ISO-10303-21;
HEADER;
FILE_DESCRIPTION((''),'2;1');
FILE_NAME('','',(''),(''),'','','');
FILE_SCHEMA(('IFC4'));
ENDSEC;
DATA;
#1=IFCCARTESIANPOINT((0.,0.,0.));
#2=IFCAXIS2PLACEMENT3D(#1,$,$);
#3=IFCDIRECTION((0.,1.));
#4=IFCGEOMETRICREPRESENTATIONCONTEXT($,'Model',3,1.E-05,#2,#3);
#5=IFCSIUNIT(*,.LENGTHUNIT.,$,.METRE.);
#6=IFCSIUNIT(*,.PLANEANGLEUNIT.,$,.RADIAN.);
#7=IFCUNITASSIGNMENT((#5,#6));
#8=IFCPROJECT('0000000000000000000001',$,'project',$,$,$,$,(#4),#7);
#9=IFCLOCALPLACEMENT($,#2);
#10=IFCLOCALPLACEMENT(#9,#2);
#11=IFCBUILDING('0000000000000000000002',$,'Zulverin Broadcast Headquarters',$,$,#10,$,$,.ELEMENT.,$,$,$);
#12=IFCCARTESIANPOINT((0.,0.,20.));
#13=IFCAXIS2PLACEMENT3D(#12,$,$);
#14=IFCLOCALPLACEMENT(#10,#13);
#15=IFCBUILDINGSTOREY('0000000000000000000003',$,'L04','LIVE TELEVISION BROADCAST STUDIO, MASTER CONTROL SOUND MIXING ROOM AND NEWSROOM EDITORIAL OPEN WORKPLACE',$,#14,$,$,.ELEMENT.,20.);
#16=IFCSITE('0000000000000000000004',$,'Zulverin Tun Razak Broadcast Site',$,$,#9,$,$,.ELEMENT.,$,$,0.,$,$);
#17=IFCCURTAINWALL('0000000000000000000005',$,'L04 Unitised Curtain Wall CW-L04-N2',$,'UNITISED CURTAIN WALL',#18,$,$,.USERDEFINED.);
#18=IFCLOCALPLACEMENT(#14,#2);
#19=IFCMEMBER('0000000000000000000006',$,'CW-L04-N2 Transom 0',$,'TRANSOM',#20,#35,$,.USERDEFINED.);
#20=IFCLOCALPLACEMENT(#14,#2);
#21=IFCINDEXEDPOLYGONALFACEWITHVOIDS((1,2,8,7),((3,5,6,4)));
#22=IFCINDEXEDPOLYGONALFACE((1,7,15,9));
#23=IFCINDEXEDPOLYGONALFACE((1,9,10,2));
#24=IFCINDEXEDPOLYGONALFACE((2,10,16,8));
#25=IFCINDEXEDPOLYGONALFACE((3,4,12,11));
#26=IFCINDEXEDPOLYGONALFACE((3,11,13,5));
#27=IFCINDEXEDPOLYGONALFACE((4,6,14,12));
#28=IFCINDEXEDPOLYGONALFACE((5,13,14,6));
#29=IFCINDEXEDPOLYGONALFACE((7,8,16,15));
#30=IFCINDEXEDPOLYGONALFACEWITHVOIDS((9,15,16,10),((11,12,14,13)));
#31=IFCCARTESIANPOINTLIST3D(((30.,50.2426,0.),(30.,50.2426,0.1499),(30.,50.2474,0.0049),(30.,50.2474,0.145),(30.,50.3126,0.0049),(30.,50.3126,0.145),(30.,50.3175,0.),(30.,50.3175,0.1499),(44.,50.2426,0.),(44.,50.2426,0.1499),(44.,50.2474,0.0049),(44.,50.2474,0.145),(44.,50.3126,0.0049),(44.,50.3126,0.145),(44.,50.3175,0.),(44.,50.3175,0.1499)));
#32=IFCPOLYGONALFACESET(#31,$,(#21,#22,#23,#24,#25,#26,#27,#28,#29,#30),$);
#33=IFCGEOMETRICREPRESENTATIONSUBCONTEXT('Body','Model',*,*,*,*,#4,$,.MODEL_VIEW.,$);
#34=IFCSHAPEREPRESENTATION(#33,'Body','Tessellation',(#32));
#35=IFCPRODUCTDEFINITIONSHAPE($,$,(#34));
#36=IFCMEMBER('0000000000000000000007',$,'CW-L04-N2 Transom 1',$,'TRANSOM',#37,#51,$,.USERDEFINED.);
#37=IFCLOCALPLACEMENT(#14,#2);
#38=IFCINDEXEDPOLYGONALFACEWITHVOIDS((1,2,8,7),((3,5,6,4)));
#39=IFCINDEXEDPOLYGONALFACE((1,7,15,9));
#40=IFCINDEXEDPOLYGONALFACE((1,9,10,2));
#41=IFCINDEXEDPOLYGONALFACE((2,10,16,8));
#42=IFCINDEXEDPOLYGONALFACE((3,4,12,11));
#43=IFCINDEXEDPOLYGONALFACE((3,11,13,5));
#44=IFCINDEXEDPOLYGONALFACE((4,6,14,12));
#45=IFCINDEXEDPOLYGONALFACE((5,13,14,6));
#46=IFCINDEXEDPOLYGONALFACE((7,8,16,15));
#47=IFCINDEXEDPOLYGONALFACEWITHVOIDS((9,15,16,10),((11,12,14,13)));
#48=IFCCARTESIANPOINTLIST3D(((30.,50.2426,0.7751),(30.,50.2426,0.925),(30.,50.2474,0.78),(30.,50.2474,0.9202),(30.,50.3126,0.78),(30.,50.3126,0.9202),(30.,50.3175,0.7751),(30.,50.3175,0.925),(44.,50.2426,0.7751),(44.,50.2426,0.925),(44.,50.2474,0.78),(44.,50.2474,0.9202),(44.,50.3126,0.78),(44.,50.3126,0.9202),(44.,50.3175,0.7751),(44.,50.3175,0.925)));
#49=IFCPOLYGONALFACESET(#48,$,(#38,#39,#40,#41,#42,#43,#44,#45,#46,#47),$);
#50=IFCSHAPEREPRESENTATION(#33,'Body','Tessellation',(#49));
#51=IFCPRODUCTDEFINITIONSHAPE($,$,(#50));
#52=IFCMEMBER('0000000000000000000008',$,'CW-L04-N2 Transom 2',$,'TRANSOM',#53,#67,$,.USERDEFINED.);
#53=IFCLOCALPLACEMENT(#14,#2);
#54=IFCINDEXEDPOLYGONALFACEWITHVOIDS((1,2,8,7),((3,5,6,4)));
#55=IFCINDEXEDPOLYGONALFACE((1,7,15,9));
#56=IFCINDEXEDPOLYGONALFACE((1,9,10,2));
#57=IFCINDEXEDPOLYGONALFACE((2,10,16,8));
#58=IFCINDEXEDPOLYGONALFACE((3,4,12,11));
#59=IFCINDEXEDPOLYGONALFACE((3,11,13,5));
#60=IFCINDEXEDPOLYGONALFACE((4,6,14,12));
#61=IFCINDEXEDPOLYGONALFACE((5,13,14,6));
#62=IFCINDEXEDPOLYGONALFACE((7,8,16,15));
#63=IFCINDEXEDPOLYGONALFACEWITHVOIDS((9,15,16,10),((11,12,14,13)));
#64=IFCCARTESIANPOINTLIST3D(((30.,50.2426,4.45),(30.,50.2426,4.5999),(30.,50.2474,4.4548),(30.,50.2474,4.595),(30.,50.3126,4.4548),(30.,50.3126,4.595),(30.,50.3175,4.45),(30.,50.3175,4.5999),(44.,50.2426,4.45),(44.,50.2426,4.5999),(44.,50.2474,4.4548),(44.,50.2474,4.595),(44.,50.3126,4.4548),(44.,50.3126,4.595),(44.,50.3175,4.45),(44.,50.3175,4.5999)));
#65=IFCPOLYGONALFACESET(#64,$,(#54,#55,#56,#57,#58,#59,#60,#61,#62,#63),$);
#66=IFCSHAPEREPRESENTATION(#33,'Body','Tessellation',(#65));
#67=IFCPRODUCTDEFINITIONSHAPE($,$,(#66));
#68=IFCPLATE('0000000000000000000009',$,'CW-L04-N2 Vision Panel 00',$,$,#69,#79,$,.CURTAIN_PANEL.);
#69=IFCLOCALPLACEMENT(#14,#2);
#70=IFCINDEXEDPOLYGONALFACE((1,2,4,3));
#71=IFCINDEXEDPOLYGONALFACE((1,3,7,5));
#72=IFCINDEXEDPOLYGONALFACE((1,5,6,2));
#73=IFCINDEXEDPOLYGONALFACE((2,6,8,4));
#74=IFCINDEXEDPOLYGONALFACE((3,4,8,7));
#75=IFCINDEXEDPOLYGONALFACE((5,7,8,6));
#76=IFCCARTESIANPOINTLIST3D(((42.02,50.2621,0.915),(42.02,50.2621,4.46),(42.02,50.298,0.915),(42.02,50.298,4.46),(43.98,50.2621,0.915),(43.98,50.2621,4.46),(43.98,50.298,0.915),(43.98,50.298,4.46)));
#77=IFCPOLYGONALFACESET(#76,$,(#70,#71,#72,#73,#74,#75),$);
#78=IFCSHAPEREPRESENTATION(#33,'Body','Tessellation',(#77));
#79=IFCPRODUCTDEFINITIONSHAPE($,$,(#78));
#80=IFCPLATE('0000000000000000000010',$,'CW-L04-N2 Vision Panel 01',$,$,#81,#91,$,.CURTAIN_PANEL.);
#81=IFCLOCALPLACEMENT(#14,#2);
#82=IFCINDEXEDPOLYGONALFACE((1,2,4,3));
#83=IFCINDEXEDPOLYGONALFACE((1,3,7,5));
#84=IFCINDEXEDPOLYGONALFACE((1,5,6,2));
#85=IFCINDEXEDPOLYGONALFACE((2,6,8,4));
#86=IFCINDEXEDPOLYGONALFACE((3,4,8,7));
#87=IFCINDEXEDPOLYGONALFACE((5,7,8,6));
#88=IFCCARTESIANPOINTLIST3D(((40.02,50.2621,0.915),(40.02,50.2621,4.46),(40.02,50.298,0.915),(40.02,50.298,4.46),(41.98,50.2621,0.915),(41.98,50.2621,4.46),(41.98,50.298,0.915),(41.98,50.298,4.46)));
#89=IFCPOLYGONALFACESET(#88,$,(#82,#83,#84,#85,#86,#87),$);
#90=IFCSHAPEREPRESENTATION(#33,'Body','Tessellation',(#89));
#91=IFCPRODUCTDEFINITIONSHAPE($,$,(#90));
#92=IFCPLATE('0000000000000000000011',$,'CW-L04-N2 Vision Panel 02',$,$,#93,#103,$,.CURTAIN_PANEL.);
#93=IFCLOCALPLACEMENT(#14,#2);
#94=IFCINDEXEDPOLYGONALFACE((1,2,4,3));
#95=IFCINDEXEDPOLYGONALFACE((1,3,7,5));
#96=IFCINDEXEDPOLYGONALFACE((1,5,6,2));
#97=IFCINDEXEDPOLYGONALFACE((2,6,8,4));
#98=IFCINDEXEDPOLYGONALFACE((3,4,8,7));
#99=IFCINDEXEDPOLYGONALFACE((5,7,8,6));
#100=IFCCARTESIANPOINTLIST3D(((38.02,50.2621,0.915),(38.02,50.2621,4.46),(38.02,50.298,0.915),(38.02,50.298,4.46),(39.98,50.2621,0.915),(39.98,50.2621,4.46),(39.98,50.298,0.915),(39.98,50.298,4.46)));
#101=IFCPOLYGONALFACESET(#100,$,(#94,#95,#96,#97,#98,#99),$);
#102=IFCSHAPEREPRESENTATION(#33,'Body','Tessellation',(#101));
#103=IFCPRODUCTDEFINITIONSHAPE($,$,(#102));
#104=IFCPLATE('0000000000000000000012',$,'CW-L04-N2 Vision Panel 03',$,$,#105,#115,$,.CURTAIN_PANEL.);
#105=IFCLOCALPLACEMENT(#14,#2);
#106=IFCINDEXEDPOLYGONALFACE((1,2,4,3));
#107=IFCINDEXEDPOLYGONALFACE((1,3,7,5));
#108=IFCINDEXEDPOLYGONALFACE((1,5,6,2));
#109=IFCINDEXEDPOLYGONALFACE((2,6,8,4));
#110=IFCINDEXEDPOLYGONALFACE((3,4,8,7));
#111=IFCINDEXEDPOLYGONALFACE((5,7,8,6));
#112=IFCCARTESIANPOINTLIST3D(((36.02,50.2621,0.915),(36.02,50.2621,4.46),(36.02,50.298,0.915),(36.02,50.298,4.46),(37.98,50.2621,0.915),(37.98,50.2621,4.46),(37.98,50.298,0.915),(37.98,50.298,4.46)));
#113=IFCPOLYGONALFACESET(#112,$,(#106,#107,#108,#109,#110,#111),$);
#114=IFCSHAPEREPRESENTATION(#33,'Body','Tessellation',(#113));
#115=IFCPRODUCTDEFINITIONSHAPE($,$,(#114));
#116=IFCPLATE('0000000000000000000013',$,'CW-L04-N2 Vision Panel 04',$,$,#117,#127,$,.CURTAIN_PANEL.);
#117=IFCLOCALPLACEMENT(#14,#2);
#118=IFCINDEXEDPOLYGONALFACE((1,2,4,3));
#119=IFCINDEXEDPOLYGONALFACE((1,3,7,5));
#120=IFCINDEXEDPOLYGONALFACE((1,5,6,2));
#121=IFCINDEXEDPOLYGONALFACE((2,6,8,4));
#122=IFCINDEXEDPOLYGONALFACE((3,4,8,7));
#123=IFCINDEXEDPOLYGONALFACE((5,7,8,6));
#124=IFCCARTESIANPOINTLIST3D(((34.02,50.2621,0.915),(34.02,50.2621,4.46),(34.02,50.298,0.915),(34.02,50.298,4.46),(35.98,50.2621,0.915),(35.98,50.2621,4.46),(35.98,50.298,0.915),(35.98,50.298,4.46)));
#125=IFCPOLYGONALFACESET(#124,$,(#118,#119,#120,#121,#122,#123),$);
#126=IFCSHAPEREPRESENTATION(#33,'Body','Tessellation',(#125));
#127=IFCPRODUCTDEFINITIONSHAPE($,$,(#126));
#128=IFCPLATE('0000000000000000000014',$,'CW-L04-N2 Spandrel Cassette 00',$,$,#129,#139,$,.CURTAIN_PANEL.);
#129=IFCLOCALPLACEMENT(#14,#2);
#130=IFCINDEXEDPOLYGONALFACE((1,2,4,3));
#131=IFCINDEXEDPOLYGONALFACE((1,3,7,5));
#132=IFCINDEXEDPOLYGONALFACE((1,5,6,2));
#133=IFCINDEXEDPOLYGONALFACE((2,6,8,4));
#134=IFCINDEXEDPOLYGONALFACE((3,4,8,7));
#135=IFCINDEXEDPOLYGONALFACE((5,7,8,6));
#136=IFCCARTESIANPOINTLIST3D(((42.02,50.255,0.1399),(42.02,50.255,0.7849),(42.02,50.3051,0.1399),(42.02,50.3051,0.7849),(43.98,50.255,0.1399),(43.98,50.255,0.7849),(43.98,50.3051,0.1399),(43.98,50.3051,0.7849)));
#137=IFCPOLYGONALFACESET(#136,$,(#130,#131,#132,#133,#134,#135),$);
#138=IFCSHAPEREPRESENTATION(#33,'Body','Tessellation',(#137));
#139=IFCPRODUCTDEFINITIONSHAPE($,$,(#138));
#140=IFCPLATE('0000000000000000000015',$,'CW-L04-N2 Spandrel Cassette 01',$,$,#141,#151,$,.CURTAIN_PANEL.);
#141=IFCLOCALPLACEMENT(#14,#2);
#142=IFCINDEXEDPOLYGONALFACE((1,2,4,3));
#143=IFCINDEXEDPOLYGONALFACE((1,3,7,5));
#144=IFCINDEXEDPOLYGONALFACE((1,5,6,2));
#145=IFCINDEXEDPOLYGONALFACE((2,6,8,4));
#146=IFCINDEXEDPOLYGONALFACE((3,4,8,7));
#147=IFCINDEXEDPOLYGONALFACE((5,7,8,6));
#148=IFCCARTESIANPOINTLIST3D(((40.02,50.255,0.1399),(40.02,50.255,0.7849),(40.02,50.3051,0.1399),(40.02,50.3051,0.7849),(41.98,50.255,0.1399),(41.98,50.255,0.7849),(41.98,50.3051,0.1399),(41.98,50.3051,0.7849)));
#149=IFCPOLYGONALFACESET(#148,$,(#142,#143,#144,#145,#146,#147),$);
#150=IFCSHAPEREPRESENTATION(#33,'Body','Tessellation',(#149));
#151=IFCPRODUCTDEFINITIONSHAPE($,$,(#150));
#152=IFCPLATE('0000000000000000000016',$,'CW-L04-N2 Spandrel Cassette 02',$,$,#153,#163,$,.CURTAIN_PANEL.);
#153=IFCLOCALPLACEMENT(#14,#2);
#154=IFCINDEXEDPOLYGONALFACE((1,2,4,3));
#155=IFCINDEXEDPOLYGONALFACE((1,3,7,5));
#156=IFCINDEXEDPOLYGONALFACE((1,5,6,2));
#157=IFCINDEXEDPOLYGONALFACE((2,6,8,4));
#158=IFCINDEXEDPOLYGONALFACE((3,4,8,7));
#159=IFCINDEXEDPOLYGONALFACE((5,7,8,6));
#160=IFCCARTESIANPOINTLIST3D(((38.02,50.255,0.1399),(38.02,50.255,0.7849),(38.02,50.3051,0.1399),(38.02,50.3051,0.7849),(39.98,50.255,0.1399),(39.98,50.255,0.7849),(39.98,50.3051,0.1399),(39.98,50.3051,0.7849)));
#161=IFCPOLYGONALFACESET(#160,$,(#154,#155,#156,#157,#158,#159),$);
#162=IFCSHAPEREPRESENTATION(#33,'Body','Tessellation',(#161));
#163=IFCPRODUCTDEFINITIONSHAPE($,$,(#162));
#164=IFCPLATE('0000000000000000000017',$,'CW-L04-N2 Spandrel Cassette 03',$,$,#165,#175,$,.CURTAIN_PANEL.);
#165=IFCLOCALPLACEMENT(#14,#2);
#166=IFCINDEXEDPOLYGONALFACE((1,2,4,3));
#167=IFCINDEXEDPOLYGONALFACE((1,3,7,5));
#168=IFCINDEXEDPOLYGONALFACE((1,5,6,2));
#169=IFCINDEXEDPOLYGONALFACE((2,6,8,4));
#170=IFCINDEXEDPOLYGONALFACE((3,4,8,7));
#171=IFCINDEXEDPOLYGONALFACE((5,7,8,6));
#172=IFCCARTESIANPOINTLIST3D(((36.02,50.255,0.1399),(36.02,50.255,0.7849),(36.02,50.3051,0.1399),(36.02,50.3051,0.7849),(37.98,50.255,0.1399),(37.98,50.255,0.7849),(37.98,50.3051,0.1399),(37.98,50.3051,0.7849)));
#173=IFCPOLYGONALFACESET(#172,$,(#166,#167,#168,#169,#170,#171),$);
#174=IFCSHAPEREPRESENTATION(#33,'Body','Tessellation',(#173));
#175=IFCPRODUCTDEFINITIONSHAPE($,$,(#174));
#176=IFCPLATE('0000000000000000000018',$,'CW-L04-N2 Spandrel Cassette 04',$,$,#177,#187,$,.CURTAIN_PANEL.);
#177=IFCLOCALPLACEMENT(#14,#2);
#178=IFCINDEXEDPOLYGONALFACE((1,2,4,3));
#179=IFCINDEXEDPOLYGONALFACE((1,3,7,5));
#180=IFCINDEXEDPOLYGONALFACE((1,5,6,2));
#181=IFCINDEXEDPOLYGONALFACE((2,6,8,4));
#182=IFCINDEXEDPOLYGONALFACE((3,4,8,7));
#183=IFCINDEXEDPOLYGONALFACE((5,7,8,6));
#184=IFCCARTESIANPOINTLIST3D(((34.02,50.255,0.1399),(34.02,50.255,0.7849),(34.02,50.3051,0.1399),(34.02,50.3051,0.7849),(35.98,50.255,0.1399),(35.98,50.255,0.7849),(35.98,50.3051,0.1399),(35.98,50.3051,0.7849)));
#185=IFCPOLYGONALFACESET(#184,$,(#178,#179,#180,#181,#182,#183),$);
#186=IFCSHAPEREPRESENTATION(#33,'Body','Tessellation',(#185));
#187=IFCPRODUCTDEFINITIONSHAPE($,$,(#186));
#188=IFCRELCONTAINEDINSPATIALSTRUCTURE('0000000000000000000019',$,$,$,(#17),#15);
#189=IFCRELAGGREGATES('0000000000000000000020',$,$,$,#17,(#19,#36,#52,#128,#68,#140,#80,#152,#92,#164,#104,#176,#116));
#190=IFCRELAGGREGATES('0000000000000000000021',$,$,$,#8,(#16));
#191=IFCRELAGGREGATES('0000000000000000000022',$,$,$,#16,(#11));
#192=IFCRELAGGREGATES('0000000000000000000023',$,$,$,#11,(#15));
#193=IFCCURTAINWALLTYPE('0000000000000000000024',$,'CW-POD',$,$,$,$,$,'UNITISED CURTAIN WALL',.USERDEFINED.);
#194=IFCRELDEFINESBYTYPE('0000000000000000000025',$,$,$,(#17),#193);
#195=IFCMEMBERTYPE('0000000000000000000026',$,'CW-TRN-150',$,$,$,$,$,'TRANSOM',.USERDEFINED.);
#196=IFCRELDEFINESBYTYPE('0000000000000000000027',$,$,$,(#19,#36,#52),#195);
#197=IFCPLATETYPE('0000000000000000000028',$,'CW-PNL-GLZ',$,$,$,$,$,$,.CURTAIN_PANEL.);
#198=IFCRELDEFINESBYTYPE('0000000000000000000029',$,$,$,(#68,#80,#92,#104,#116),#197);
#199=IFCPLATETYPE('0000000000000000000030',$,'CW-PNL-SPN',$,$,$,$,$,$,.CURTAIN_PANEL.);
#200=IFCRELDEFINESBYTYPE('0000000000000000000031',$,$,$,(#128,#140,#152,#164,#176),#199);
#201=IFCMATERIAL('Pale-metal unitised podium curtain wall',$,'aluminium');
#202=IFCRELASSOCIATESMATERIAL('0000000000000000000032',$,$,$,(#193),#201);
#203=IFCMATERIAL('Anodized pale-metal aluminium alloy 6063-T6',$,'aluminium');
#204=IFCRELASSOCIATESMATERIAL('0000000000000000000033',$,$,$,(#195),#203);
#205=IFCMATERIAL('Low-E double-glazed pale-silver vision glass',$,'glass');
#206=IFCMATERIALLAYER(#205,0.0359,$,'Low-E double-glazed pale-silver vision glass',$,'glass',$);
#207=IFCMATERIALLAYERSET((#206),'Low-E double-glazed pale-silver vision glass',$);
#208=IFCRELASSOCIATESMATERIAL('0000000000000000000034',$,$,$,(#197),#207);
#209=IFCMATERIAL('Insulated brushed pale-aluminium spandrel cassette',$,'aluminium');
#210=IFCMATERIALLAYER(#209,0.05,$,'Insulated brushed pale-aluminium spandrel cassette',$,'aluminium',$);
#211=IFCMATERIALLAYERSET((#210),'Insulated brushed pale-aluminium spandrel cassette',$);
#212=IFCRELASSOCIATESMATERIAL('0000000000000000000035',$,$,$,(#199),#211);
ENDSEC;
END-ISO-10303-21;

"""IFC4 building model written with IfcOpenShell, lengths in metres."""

from ifc_helpers import new_model, si_unit, direction, frame, origin, origin_2d, place, context, subcontext, project, spatial, rectangle, hollow_rectangle, extrude, material, layer, layer_set, material_profile, profile_set, type_object, element, aggregate, save


model = new_model("IFC4")

# Units and contexts
model_context = context("Model", 3, precision=1e-05, world=origin(), true_north=direction((0.0, 1.0)))
body_context = subcontext(model_context, "Body", "Model", "MODEL_VIEW")
ifc_project = project(units=[si_unit("LENGTHUNIT", "METRE"), si_unit("PLANEANGLEUNIT", "RADIAN")], contexts=[model_context])

# Site, building, storey
site_placement = place(None, origin())
site = spatial("IfcSite", under=ifc_project, at=site_placement, Name="Zulverin Tun Razak Broadcast Site", CompositionType="ELEMENT", RefElevation=0.0)
building_placement = place(site_placement, origin())
building = spatial("IfcBuilding", under=site, at=building_placement, Name="Zulverin Broadcast Headquarters", CompositionType="ELEMENT")
storey_placement = place(building_placement, frame((0.0, 0.0, 20.0)))
storey = spatial("IfcBuildingStorey", under=building, at=storey_placement, Name="L04", Description="LIVE TELEVISION BROADCAST STUDIO, MASTER CONTROL SOUND MIXING ROOM AND NEWSROOM EDITORIAL OPEN WORKPLACE", CompositionType="ELEMENT", Elevation=20.0)

# Curtain wall, members, plates
ifc_material_1 = material(Name="Pale-metal unitised podium curtain wall", Category="aluminium")
curtain_wall_type = type_object("IfcCurtainWallType", Name="CW-POD", ElementType="UNITISED CURTAIN WALL", PredefinedType="USERDEFINED", material=ifc_material_1)
curtain_wall_placement = place(storey_placement, origin())
curtain_wall = element("IfcCurtainWall", 1, at=curtain_wall_placement, inside=storey, type_object=curtain_wall_type, Name="L04 Unitised Curtain Wall CW-L04-N2", ObjectType="UNITISED CURTAIN WALL", PredefinedType="USERDEFINED")
ifc_material_2 = material(Name="Anodized pale-metal aluminium alloy 6063-T6", Category="aluminium")
ifc_material_profile_1 = material_profile(ifc_material_2, hollow_rectangle(XDim=0.075, YDim=0.1499, WallThickness=0.0049, at=origin_2d()), Name="Anodized pale-metal aluminium alloy 6063-T6", Category="aluminium")
ifc_profile_set_1 = profile_set([ifc_material_profile_1], Name="Anodized pale-metal aluminium alloy 6063-T6")
member_type_1 = type_object("IfcMemberType", Name="CW-TRN-150", ElementType="TRANSOM", PredefinedType="USERDEFINED", material=ifc_profile_set_1)
member_1_placement = place(storey_placement, frame((44.0, 50.28, 0.075), z_axis=(-1.0, 0.0, 0.0), x_axis=(0.0, -1.0, 0.0)))
member_1 = element("IfcMember", 2, at=member_1_placement, type_object=member_type_1, Name="CW-L04-N2 Transom 0", ObjectType="TRANSOM", PredefinedType="USERDEFINED", context=body_context, shape_type="SweptSolid", body=[
    extrude(hollow_rectangle(XDim=0.075, YDim=0.1499, WallThickness=0.0049, at=origin_2d()), origin(), (0.0, 0.0, 1.0), 14.0),
])
member_2_placement = place(storey_placement, frame((44.0, 50.28, 0.8501), z_axis=(-1.0, 0.0, 0.0), x_axis=(0.0, -1.0, 0.0)))
member_2 = element("IfcMember", 3, at=member_2_placement, type_object=member_type_1, Name="CW-L04-N2 Transom 1", ObjectType="TRANSOM", PredefinedType="USERDEFINED", context=body_context, shape_type="SweptSolid", body=[
    extrude(hollow_rectangle(XDim=0.075, YDim=0.1499, WallThickness=0.0049, at=origin_2d()), origin(), (0.0, 0.0, 1.0), 14.0),
])
member_3_placement = place(storey_placement, frame((44.0, 50.28, 4.5249), z_axis=(-1.0, 0.0, 0.0), x_axis=(0.0, -1.0, 0.0)))
member_3 = element("IfcMember", 4, at=member_3_placement, type_object=member_type_1, Name="CW-L04-N2 Transom 2", ObjectType="TRANSOM", PredefinedType="USERDEFINED", context=body_context, shape_type="SweptSolid", body=[
    extrude(hollow_rectangle(XDim=0.075, YDim=0.1499, WallThickness=0.0049, at=origin_2d()), origin(), (0.0, 0.0, 1.0), 14.0),
])
ifc_material_3 = material(Name="Low-E double-glazed pale-silver vision glass", Category="glass")
ifc_layer_1 = layer(ifc_material_3, 0.0359, Name="Low-E double-glazed pale-silver vision glass", Category="glass")
ifc_layer_set_1 = layer_set([ifc_layer_1], Name="Low-E double-glazed pale-silver vision glass")
plate_type_1 = type_object("IfcPlateType", Name="CW-PNL-GLZ", PredefinedType="CURTAIN_PANEL", material=ifc_layer_set_1)
plate_1_placement = place(storey_placement, frame((43.0, 50.28, 0.915), z_axis=(0.0, 0.0, 1.0), x_axis=(-1.0, 0.0, 0.0)))
plate_1 = element("IfcPlate", 5, at=plate_1_placement, type_object=plate_type_1, Name="CW-L04-N2 Vision Panel 00", PredefinedType="CURTAIN_PANEL", context=body_context, shape_type="SweptSolid", body=[
    extrude(rectangle(XDim=1.96, YDim=0.0359, at=origin_2d()), origin(), (0.0, 0.0, 1.0), 3.5449),
])
plate_2_placement = place(storey_placement, frame((41.0, 50.28, 0.915), z_axis=(0.0, 0.0, 1.0), x_axis=(-1.0, 0.0, 0.0)))
plate_2 = element("IfcPlate", 6, at=plate_2_placement, type_object=plate_type_1, Name="CW-L04-N2 Vision Panel 01", PredefinedType="CURTAIN_PANEL", context=body_context, shape_type="SweptSolid", body=[
    extrude(rectangle(XDim=1.96, YDim=0.0359, at=origin_2d()), origin(), (0.0, 0.0, 1.0), 3.5449),
])
plate_3_placement = place(storey_placement, frame((39.0, 50.28, 0.915), z_axis=(0.0, 0.0, 1.0), x_axis=(-1.0, 0.0, 0.0)))
plate_3 = element("IfcPlate", 7, at=plate_3_placement, type_object=plate_type_1, Name="CW-L04-N2 Vision Panel 02", PredefinedType="CURTAIN_PANEL", context=body_context, shape_type="SweptSolid", body=[
    extrude(rectangle(XDim=1.96, YDim=0.0359, at=origin_2d()), origin(), (0.0, 0.0, 1.0), 3.5449),
])
plate_4_placement = place(storey_placement, frame((37.0, 50.28, 0.915), z_axis=(0.0, 0.0, 1.0), x_axis=(-1.0, 0.0, 0.0)))
plate_4 = element("IfcPlate", 8, at=plate_4_placement, type_object=plate_type_1, Name="CW-L04-N2 Vision Panel 03", PredefinedType="CURTAIN_PANEL", context=body_context, shape_type="SweptSolid", body=[
    extrude(rectangle(XDim=1.96, YDim=0.0359, at=origin_2d()), origin(), (0.0, 0.0, 1.0), 3.5449),
])
plate_5_placement = place(storey_placement, frame((35.0, 50.28, 0.915), z_axis=(0.0, 0.0, 1.0), x_axis=(-1.0, 0.0, 0.0)))
plate_5 = element("IfcPlate", 9, at=plate_5_placement, type_object=plate_type_1, Name="CW-L04-N2 Vision Panel 04", PredefinedType="CURTAIN_PANEL", context=body_context, shape_type="SweptSolid", body=[
    extrude(rectangle(XDim=1.96, YDim=0.0359, at=origin_2d()), origin(), (0.0, 0.0, 1.0), 3.5449),
])
ifc_material_4 = material(Name="Insulated brushed pale-aluminium spandrel cassette", Category="aluminium")
ifc_layer_2 = layer(ifc_material_4, 0.05, Name="Insulated brushed pale-aluminium spandrel cassette", Category="aluminium")
ifc_layer_set_2 = layer_set([ifc_layer_2], Name="Insulated brushed pale-aluminium spandrel cassette")
plate_type_2 = type_object("IfcPlateType", Name="CW-PNL-SPN", PredefinedType="CURTAIN_PANEL", material=ifc_layer_set_2)
plate_6_placement = place(storey_placement, frame((43.0, 50.28, 0.1399), z_axis=(0.0, 0.0, 1.0), x_axis=(-1.0, 0.0, 0.0)))
plate_6 = element("IfcPlate", 10, at=plate_6_placement, type_object=plate_type_2, Name="CW-L04-N2 Spandrel Cassette 00", PredefinedType="CURTAIN_PANEL", context=body_context, shape_type="SweptSolid", body=[
    extrude(rectangle(XDim=1.96, YDim=0.05, at=origin_2d()), origin(), (0.0, 0.0, 1.0), 0.645),
])
plate_7_placement = place(storey_placement, frame((41.0, 50.28, 0.1399), z_axis=(0.0, 0.0, 1.0), x_axis=(-1.0, 0.0, 0.0)))
plate_7 = element("IfcPlate", 11, at=plate_7_placement, type_object=plate_type_2, Name="CW-L04-N2 Spandrel Cassette 01", PredefinedType="CURTAIN_PANEL", context=body_context, shape_type="SweptSolid", body=[
    extrude(rectangle(XDim=1.96, YDim=0.05, at=origin_2d()), origin(), (0.0, 0.0, 1.0), 0.645),
])
plate_8_placement = place(storey_placement, frame((39.0, 50.28, 0.1399), z_axis=(0.0, 0.0, 1.0), x_axis=(-1.0, 0.0, 0.0)))
plate_8 = element("IfcPlate", 12, at=plate_8_placement, type_object=plate_type_2, Name="CW-L04-N2 Spandrel Cassette 02", PredefinedType="CURTAIN_PANEL", context=body_context, shape_type="SweptSolid", body=[
    extrude(rectangle(XDim=1.96, YDim=0.05, at=origin_2d()), origin(), (0.0, 0.0, 1.0), 0.645),
])
plate_9_placement = place(storey_placement, frame((37.0, 50.28, 0.1399), z_axis=(0.0, 0.0, 1.0), x_axis=(-1.0, 0.0, 0.0)))
plate_9 = element("IfcPlate", 13, at=plate_9_placement, type_object=plate_type_2, Name="CW-L04-N2 Spandrel Cassette 03", PredefinedType="CURTAIN_PANEL", context=body_context, shape_type="SweptSolid", body=[
    extrude(rectangle(XDim=1.96, YDim=0.05, at=origin_2d()), origin(), (0.0, 0.0, 1.0), 0.645),
])
plate_10_placement = place(storey_placement, frame((35.0, 50.28, 0.1399), z_axis=(0.0, 0.0, 1.0), x_axis=(-1.0, 0.0, 0.0)))
plate_10 = element("IfcPlate", 14, at=plate_10_placement, type_object=plate_type_2, Name="CW-L04-N2 Spandrel Cassette 04", PredefinedType="CURTAIN_PANEL", context=body_context, shape_type="SweptSolid", body=[
    extrude(rectangle(XDim=1.96, YDim=0.05, at=origin_2d()), origin(), (0.0, 0.0, 1.0), 0.645),
])
aggregate(curtain_wall, [member_1, member_2, member_3, plate_6, plate_1, plate_7, plate_2, plate_8, plate_3, plate_9, plate_4, plate_10, plate_5])

save(model, "model.ifc")
